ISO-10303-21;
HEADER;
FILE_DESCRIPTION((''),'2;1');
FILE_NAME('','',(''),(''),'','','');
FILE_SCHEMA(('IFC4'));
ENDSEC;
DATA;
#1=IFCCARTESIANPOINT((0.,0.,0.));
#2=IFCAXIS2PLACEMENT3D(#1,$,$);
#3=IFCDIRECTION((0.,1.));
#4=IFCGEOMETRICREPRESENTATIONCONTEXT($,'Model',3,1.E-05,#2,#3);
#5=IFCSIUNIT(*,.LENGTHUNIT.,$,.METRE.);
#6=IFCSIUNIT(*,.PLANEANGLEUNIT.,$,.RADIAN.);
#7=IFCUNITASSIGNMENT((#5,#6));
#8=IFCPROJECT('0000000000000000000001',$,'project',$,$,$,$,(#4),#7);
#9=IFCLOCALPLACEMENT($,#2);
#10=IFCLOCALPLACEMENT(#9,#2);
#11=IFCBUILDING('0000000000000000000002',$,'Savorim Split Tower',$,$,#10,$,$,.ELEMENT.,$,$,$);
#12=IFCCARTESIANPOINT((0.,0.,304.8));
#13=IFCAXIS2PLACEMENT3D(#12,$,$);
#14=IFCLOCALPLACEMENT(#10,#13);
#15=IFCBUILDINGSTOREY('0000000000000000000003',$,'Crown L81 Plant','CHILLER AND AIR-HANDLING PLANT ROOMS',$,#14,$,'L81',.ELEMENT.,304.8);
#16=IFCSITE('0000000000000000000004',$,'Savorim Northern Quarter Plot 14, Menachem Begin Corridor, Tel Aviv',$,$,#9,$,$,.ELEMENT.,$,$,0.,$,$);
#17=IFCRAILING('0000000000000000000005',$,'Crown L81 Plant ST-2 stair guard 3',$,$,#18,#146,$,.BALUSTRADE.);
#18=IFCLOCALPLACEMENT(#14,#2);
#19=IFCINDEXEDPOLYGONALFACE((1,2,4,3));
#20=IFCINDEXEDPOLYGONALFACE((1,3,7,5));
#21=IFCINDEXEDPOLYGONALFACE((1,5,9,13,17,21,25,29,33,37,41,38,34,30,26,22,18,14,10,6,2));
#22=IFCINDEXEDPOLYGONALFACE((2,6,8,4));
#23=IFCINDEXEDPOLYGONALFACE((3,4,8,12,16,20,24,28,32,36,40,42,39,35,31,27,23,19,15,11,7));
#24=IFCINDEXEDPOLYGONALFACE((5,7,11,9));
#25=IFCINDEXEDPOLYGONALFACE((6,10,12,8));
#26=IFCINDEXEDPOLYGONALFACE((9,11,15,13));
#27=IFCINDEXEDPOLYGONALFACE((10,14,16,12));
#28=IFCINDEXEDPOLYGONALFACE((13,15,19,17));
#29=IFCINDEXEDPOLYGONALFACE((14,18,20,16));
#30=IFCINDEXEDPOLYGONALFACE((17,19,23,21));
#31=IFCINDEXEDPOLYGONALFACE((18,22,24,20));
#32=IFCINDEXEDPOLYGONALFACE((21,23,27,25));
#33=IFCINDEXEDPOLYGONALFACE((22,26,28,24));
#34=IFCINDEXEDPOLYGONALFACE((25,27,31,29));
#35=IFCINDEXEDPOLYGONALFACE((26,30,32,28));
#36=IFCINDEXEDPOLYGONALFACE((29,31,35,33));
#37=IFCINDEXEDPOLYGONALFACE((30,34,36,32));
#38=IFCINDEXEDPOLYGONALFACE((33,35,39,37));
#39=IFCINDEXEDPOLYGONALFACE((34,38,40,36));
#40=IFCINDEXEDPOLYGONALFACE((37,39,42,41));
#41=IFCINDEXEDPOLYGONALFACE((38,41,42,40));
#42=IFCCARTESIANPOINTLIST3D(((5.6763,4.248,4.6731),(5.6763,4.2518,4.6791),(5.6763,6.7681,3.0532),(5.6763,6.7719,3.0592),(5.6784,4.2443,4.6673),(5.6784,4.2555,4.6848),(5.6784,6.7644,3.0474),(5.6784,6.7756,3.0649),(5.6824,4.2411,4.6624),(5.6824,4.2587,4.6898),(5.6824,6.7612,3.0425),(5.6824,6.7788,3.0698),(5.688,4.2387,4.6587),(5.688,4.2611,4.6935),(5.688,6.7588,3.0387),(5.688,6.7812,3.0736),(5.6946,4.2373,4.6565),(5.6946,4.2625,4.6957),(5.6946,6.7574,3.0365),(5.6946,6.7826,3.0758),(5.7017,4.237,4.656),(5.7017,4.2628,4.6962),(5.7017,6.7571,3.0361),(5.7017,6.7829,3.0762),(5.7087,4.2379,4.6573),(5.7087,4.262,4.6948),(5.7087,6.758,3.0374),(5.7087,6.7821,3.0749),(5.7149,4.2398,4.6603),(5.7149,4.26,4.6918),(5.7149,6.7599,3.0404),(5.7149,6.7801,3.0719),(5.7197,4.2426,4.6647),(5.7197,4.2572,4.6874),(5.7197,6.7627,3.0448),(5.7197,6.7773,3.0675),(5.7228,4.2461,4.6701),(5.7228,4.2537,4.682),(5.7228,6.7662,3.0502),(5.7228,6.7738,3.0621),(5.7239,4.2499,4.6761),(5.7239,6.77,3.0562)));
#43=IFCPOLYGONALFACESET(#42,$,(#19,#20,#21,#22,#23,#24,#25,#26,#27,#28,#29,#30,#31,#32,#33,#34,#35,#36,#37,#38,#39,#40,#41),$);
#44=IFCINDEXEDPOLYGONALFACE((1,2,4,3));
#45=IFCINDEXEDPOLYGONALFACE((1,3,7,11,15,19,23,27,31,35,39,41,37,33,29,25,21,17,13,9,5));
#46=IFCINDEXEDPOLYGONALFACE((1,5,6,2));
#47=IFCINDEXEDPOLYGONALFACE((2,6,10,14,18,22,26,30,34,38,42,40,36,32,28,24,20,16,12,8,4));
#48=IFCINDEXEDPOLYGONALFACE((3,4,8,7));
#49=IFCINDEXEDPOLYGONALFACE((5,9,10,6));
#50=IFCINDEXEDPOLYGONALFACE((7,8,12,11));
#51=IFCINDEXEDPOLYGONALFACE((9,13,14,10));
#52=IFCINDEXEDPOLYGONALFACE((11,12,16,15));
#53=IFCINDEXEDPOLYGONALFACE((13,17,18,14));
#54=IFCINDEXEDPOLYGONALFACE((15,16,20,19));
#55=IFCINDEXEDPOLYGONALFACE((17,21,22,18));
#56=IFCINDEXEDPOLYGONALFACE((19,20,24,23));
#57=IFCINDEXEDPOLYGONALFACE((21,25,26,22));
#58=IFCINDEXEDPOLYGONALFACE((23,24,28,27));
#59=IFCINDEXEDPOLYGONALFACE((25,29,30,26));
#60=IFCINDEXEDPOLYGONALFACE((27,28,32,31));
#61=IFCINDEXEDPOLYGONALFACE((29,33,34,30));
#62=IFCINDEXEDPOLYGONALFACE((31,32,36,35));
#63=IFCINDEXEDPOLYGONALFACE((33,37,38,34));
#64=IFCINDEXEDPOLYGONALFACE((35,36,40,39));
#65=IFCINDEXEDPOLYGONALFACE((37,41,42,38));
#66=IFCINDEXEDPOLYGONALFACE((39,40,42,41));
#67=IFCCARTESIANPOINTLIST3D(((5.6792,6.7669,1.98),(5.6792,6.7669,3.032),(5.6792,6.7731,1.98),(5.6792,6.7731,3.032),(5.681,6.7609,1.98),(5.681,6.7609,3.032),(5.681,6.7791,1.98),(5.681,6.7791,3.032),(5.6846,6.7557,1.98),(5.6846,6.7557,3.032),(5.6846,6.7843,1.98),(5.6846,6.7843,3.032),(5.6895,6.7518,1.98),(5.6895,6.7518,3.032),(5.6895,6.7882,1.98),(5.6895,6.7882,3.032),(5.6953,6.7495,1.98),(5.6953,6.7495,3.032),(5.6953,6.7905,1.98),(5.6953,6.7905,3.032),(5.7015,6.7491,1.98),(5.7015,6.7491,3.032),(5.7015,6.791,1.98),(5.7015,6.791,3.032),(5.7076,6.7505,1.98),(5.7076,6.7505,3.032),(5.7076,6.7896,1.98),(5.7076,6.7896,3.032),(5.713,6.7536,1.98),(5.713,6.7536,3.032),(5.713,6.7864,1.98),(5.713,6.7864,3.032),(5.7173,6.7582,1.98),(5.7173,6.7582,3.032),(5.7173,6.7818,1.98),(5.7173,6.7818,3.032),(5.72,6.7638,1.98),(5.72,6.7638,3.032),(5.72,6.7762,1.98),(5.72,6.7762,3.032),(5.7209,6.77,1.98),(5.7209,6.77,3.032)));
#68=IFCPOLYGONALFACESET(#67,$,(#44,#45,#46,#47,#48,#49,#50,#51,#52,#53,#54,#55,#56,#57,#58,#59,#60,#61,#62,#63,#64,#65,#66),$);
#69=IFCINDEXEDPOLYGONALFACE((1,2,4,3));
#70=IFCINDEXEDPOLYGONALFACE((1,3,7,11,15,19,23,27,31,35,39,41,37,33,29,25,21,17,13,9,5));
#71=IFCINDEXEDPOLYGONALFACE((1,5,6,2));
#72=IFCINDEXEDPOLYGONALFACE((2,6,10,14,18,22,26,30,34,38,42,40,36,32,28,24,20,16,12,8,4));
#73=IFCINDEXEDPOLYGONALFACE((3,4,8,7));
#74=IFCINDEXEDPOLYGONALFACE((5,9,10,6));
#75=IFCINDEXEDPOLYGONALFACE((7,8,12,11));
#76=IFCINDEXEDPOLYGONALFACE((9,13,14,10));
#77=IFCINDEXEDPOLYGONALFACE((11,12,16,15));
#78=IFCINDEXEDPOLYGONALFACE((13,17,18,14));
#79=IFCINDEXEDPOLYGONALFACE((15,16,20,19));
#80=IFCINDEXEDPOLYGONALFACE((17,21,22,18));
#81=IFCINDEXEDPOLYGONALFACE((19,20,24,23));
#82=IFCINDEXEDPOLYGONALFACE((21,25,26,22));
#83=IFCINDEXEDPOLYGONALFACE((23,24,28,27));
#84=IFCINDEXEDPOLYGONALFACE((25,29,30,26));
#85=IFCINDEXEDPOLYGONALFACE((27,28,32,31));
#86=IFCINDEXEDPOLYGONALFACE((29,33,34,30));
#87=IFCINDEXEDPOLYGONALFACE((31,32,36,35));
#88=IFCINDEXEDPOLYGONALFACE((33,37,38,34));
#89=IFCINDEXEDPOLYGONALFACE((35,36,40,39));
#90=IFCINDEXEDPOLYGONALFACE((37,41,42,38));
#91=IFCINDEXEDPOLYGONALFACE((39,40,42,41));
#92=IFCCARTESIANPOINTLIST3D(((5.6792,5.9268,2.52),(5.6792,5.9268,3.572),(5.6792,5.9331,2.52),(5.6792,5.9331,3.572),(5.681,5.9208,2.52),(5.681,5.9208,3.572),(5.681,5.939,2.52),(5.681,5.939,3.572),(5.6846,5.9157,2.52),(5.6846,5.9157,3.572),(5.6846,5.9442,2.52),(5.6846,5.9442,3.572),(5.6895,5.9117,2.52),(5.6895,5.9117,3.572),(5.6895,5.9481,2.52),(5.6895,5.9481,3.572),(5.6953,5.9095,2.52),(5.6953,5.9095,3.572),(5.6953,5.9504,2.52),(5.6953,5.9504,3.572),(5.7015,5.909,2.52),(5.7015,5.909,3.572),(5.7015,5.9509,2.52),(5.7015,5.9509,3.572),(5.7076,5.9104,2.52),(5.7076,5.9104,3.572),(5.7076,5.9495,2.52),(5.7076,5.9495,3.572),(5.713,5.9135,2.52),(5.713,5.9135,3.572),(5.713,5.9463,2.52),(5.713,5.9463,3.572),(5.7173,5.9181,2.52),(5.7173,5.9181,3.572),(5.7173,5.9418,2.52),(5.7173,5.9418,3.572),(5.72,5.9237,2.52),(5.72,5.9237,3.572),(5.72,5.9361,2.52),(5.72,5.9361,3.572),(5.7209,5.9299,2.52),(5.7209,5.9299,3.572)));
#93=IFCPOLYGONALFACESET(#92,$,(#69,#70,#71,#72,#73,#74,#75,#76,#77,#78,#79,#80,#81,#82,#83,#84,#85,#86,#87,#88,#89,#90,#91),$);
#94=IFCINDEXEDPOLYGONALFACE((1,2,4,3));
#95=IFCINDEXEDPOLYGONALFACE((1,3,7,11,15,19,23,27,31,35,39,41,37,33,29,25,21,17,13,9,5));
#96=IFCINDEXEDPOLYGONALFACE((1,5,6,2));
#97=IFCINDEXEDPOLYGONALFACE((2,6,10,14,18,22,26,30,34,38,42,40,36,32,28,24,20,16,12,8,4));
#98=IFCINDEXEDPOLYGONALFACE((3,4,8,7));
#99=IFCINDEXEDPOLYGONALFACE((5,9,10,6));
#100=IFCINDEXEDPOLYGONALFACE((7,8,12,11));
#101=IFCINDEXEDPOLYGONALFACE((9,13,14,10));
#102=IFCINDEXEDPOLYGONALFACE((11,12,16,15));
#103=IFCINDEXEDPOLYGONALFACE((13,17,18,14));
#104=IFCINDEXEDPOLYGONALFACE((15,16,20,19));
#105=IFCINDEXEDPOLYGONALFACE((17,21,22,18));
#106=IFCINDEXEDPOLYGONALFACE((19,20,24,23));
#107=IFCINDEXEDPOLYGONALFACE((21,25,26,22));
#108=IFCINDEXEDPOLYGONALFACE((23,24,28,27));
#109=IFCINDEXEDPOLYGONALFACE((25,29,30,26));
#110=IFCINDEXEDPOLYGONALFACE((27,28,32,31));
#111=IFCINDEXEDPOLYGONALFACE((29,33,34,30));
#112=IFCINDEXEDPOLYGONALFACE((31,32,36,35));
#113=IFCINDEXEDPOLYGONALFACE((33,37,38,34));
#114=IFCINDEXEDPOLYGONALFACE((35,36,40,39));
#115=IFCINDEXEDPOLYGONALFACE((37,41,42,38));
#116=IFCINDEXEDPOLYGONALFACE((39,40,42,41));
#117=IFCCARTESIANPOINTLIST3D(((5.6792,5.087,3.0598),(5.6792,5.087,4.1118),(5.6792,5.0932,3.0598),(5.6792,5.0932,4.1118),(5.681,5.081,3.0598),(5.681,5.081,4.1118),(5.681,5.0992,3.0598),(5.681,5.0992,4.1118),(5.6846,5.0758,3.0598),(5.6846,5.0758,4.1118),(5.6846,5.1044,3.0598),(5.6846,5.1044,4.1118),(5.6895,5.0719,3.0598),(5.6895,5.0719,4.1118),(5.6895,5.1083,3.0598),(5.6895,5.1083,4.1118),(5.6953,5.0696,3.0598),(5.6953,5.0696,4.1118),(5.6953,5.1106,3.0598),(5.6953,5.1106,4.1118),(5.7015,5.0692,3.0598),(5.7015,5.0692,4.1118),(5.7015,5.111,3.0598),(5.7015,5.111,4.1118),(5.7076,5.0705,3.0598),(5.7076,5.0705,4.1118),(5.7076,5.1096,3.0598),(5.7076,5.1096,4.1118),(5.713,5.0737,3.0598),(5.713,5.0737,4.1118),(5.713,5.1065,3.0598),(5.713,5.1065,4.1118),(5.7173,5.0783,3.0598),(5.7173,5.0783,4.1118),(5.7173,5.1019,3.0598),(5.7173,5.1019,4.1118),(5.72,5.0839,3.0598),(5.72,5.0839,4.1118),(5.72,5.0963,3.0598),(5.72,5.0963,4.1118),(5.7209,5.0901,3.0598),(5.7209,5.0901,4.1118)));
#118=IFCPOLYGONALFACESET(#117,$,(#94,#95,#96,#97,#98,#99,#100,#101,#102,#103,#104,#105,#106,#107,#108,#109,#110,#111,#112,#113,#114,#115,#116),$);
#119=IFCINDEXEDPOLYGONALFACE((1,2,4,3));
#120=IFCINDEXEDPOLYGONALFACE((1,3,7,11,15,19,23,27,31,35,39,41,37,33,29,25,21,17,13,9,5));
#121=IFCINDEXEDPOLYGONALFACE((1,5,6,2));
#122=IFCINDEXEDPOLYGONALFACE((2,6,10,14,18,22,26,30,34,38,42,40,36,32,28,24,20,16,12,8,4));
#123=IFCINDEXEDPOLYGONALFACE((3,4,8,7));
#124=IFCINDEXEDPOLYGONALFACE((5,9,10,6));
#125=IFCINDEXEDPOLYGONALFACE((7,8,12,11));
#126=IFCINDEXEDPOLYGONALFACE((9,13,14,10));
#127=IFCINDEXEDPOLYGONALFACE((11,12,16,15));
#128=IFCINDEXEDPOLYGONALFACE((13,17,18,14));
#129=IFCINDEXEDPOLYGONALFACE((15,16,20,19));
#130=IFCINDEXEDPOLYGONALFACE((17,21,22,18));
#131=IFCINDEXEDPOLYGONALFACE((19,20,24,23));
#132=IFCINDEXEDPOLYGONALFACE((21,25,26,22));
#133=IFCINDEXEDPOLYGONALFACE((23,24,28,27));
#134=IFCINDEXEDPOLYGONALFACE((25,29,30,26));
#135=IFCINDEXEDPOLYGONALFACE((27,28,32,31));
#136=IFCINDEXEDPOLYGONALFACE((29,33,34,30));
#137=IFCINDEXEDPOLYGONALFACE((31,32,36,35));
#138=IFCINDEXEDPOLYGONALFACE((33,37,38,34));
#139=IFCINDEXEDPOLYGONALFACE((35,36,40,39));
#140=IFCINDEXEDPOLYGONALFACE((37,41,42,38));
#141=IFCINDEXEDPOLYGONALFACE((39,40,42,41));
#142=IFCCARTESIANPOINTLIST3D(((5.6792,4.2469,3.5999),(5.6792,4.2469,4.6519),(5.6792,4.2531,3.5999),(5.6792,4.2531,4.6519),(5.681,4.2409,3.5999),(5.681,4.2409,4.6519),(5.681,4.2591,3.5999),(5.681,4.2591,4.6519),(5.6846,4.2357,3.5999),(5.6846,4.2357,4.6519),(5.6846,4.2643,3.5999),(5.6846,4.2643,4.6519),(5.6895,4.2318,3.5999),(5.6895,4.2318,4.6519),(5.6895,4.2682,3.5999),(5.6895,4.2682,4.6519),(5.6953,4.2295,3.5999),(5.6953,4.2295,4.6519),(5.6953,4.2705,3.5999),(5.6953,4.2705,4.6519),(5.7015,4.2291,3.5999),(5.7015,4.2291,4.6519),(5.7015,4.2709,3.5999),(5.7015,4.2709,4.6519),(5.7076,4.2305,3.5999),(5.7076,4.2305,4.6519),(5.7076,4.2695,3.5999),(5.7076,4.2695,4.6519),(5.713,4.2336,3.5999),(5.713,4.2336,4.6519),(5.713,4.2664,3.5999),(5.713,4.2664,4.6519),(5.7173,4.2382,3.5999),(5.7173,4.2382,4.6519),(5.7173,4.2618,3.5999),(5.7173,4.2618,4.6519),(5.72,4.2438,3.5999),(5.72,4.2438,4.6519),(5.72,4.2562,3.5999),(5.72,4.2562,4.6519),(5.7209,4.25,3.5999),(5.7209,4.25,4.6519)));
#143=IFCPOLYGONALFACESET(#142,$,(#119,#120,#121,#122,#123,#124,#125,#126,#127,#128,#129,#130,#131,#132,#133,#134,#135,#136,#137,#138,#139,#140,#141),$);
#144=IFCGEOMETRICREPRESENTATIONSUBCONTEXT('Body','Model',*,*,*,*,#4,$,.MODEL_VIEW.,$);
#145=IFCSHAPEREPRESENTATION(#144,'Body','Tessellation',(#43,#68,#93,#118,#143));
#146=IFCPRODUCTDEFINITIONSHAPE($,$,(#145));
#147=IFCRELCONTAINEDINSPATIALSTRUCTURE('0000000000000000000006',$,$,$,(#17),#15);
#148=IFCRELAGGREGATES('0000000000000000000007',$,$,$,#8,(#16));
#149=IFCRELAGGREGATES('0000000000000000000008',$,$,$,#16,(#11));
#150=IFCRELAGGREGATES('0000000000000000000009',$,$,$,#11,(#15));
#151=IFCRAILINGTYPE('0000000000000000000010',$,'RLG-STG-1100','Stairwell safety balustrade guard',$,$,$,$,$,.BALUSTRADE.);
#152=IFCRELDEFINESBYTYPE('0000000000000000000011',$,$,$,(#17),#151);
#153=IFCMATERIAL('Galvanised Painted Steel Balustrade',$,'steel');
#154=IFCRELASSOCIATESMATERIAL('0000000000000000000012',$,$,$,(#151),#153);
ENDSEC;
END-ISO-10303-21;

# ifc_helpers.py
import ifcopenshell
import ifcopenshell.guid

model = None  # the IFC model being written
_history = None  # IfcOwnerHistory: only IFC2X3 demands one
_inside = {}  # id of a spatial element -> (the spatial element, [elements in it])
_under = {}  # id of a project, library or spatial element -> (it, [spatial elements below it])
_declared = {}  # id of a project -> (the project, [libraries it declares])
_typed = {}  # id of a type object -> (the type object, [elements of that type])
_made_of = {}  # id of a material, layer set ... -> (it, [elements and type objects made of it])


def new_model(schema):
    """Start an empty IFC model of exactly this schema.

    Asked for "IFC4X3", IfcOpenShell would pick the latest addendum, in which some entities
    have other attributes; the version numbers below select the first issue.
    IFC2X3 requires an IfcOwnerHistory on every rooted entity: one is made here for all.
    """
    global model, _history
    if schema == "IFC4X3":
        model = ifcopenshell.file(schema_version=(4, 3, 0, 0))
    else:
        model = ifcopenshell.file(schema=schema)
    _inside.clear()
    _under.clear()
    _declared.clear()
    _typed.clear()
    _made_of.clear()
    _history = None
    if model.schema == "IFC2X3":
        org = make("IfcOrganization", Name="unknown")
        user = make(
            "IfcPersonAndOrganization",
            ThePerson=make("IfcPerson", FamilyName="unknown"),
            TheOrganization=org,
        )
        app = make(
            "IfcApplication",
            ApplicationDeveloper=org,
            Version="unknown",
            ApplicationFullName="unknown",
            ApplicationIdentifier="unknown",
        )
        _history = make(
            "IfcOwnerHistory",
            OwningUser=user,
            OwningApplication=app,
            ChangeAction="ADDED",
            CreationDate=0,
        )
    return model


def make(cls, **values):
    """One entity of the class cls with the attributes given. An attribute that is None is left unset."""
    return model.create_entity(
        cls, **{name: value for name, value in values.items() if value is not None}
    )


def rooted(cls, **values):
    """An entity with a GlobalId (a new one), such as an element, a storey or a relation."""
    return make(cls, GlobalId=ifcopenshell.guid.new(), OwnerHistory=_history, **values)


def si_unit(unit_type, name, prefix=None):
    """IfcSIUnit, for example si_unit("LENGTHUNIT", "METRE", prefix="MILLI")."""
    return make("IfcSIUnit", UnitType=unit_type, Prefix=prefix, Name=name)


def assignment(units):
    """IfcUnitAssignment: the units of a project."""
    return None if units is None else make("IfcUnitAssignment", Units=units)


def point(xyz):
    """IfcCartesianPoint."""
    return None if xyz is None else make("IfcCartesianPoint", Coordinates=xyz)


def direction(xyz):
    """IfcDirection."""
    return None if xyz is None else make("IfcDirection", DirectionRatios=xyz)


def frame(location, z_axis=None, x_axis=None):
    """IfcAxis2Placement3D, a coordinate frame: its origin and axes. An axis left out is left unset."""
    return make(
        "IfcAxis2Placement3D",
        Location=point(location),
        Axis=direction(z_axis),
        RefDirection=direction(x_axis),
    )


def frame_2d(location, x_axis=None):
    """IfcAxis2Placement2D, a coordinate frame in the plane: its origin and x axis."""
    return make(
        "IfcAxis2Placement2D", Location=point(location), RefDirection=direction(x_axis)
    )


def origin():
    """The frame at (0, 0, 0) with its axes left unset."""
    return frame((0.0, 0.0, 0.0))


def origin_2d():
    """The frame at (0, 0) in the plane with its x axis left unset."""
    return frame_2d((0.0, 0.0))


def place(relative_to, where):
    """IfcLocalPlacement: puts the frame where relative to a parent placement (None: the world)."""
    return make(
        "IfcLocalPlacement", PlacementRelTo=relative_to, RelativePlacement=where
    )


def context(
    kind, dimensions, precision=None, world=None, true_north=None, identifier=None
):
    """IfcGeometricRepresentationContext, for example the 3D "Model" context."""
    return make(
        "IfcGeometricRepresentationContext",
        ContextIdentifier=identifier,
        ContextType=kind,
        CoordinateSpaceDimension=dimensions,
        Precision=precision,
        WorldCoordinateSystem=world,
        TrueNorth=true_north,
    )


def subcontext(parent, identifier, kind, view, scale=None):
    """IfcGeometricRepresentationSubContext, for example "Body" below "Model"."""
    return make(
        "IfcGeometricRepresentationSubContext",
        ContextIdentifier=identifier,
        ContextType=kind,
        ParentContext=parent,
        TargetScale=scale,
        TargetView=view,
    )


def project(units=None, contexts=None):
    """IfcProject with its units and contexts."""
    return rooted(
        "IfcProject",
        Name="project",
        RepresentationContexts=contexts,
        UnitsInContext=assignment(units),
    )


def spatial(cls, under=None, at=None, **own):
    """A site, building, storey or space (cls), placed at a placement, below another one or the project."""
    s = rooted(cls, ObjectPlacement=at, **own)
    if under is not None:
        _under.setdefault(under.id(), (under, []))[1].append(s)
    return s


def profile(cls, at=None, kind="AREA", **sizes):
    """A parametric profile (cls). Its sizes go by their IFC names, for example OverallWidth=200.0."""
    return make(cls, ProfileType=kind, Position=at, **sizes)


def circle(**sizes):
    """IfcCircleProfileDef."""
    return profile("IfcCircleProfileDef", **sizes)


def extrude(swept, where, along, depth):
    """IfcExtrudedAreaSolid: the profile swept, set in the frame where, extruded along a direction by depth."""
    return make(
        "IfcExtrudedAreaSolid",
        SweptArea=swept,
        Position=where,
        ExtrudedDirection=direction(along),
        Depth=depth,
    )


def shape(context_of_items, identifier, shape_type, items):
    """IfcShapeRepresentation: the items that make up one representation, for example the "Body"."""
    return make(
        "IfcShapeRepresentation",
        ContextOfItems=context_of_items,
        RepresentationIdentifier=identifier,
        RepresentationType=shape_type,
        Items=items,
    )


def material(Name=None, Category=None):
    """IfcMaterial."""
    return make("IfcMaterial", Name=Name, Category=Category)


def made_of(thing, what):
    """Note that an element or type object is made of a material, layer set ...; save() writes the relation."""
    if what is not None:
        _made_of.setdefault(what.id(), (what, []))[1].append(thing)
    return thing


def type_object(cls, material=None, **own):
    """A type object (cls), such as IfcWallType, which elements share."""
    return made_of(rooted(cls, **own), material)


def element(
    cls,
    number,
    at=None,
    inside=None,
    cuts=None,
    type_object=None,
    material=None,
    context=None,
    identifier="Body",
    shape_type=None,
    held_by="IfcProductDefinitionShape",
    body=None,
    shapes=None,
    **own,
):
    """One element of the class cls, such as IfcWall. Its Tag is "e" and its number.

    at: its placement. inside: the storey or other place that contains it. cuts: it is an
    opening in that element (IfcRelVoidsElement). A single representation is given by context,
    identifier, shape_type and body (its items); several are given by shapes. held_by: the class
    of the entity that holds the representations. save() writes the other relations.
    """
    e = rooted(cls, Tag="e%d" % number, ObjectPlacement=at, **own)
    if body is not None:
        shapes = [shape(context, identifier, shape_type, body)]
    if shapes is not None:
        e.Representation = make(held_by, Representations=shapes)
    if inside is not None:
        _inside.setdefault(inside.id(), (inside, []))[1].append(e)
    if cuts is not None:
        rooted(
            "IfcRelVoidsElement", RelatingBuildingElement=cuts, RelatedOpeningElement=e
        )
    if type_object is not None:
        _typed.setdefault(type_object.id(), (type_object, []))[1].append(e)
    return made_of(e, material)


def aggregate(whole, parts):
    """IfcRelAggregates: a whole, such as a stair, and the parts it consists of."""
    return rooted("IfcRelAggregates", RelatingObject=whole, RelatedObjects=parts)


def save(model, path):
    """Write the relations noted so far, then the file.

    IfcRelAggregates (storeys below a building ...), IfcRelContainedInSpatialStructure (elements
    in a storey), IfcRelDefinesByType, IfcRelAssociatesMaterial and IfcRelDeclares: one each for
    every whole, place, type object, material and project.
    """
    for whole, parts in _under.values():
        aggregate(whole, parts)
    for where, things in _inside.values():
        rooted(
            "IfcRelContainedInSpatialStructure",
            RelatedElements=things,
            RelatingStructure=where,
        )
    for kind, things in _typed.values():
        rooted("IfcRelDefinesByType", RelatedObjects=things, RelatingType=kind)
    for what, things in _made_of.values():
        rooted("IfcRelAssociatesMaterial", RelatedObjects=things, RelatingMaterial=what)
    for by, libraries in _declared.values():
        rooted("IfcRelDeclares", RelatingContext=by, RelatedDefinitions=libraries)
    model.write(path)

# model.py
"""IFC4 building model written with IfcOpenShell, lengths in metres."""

from ifc_helpers import new_model, si_unit, direction, frame, origin, origin_2d, place, context, subcontext, project, spatial, circle, extrude, material, type_object, element, save


model = new_model("IFC4")

# Units and contexts
model_context = context("Model", 3, precision=1e-05, world=origin(), true_north=direction((0.0, 1.0)))
body_context = subcontext(model_context, "Body", "Model", "MODEL_VIEW")
ifc_project = project(units=[si_unit("LENGTHUNIT", "METRE"), si_unit("PLANEANGLEUNIT", "RADIAN")], contexts=[model_context])

# Site, building, storey
site_placement = place(None, origin())
site = spatial("IfcSite", under=ifc_project, at=site_placement, Name="Savorim Northern Quarter Plot 14, Menachem Begin Corridor, Tel Aviv", CompositionType="ELEMENT", RefElevation=0.0)
building_placement = place(site_placement, origin())
building = spatial("IfcBuilding", under=site, at=building_placement, Name="Savorim Split Tower", CompositionType="ELEMENT")
storey_placement = place(building_placement, frame((0.0, 0.0, 304.8)))
storey = spatial("IfcBuildingStorey", under=building, at=storey_placement, Name="Crown L81 Plant", Description="CHILLER AND AIR-HANDLING PLANT ROOMS", LongName="L81", CompositionType="ELEMENT", Elevation=304.8)

# Railing
ifc_material_1 = material(Name="Galvanised Painted Steel Balustrade", Category="steel")
railing_type_1 = type_object("IfcRailingType", Name="RLG-STG-1100", Description="Stairwell safety balustrade guard", PredefinedType="BALUSTRADE", material=ifc_material_1)
railing_1_placement = place(storey_placement, frame((5.7, 6.77, 1.98)))
element("IfcRailing", 1, at=railing_1_placement, inside=storey, type_object=railing_type_1, Name="Crown L81 Plant ST-2 stair guard 3", PredefinedType="BALUSTRADE", context=body_context, shape_type="SweptSolid", body=[
    extrude(circle(Radius=0.0239, at=origin_2d()), frame((0.0, 0.0, 1.0762), z_axis=(0.0, -0.8412, 0.540725), x_axis=(1.0, 0.0, 0.0)), (0.0, 0.0, 1.0), 2.9958),
    extrude(circle(Radius=0.021, at=origin_2d()), origin(), (0.0, 0.0, 1.0), 1.052),
    extrude(circle(Radius=0.021, at=origin_2d()), frame((0.0, -0.8401, 0.54)), (0.0, 0.0, 1.0), 1.052),
    extrude(circle(Radius=0.021, at=origin_2d()), frame((0.0, -1.6799, 1.0798)), (0.0, 0.0, 1.0), 1.052),
    extrude(circle(Radius=0.021, at=origin_2d()), frame((0.0, -2.52, 1.6199)), (0.0, 0.0, 1.0), 1.052),
])

save(model, "model.ifc")
